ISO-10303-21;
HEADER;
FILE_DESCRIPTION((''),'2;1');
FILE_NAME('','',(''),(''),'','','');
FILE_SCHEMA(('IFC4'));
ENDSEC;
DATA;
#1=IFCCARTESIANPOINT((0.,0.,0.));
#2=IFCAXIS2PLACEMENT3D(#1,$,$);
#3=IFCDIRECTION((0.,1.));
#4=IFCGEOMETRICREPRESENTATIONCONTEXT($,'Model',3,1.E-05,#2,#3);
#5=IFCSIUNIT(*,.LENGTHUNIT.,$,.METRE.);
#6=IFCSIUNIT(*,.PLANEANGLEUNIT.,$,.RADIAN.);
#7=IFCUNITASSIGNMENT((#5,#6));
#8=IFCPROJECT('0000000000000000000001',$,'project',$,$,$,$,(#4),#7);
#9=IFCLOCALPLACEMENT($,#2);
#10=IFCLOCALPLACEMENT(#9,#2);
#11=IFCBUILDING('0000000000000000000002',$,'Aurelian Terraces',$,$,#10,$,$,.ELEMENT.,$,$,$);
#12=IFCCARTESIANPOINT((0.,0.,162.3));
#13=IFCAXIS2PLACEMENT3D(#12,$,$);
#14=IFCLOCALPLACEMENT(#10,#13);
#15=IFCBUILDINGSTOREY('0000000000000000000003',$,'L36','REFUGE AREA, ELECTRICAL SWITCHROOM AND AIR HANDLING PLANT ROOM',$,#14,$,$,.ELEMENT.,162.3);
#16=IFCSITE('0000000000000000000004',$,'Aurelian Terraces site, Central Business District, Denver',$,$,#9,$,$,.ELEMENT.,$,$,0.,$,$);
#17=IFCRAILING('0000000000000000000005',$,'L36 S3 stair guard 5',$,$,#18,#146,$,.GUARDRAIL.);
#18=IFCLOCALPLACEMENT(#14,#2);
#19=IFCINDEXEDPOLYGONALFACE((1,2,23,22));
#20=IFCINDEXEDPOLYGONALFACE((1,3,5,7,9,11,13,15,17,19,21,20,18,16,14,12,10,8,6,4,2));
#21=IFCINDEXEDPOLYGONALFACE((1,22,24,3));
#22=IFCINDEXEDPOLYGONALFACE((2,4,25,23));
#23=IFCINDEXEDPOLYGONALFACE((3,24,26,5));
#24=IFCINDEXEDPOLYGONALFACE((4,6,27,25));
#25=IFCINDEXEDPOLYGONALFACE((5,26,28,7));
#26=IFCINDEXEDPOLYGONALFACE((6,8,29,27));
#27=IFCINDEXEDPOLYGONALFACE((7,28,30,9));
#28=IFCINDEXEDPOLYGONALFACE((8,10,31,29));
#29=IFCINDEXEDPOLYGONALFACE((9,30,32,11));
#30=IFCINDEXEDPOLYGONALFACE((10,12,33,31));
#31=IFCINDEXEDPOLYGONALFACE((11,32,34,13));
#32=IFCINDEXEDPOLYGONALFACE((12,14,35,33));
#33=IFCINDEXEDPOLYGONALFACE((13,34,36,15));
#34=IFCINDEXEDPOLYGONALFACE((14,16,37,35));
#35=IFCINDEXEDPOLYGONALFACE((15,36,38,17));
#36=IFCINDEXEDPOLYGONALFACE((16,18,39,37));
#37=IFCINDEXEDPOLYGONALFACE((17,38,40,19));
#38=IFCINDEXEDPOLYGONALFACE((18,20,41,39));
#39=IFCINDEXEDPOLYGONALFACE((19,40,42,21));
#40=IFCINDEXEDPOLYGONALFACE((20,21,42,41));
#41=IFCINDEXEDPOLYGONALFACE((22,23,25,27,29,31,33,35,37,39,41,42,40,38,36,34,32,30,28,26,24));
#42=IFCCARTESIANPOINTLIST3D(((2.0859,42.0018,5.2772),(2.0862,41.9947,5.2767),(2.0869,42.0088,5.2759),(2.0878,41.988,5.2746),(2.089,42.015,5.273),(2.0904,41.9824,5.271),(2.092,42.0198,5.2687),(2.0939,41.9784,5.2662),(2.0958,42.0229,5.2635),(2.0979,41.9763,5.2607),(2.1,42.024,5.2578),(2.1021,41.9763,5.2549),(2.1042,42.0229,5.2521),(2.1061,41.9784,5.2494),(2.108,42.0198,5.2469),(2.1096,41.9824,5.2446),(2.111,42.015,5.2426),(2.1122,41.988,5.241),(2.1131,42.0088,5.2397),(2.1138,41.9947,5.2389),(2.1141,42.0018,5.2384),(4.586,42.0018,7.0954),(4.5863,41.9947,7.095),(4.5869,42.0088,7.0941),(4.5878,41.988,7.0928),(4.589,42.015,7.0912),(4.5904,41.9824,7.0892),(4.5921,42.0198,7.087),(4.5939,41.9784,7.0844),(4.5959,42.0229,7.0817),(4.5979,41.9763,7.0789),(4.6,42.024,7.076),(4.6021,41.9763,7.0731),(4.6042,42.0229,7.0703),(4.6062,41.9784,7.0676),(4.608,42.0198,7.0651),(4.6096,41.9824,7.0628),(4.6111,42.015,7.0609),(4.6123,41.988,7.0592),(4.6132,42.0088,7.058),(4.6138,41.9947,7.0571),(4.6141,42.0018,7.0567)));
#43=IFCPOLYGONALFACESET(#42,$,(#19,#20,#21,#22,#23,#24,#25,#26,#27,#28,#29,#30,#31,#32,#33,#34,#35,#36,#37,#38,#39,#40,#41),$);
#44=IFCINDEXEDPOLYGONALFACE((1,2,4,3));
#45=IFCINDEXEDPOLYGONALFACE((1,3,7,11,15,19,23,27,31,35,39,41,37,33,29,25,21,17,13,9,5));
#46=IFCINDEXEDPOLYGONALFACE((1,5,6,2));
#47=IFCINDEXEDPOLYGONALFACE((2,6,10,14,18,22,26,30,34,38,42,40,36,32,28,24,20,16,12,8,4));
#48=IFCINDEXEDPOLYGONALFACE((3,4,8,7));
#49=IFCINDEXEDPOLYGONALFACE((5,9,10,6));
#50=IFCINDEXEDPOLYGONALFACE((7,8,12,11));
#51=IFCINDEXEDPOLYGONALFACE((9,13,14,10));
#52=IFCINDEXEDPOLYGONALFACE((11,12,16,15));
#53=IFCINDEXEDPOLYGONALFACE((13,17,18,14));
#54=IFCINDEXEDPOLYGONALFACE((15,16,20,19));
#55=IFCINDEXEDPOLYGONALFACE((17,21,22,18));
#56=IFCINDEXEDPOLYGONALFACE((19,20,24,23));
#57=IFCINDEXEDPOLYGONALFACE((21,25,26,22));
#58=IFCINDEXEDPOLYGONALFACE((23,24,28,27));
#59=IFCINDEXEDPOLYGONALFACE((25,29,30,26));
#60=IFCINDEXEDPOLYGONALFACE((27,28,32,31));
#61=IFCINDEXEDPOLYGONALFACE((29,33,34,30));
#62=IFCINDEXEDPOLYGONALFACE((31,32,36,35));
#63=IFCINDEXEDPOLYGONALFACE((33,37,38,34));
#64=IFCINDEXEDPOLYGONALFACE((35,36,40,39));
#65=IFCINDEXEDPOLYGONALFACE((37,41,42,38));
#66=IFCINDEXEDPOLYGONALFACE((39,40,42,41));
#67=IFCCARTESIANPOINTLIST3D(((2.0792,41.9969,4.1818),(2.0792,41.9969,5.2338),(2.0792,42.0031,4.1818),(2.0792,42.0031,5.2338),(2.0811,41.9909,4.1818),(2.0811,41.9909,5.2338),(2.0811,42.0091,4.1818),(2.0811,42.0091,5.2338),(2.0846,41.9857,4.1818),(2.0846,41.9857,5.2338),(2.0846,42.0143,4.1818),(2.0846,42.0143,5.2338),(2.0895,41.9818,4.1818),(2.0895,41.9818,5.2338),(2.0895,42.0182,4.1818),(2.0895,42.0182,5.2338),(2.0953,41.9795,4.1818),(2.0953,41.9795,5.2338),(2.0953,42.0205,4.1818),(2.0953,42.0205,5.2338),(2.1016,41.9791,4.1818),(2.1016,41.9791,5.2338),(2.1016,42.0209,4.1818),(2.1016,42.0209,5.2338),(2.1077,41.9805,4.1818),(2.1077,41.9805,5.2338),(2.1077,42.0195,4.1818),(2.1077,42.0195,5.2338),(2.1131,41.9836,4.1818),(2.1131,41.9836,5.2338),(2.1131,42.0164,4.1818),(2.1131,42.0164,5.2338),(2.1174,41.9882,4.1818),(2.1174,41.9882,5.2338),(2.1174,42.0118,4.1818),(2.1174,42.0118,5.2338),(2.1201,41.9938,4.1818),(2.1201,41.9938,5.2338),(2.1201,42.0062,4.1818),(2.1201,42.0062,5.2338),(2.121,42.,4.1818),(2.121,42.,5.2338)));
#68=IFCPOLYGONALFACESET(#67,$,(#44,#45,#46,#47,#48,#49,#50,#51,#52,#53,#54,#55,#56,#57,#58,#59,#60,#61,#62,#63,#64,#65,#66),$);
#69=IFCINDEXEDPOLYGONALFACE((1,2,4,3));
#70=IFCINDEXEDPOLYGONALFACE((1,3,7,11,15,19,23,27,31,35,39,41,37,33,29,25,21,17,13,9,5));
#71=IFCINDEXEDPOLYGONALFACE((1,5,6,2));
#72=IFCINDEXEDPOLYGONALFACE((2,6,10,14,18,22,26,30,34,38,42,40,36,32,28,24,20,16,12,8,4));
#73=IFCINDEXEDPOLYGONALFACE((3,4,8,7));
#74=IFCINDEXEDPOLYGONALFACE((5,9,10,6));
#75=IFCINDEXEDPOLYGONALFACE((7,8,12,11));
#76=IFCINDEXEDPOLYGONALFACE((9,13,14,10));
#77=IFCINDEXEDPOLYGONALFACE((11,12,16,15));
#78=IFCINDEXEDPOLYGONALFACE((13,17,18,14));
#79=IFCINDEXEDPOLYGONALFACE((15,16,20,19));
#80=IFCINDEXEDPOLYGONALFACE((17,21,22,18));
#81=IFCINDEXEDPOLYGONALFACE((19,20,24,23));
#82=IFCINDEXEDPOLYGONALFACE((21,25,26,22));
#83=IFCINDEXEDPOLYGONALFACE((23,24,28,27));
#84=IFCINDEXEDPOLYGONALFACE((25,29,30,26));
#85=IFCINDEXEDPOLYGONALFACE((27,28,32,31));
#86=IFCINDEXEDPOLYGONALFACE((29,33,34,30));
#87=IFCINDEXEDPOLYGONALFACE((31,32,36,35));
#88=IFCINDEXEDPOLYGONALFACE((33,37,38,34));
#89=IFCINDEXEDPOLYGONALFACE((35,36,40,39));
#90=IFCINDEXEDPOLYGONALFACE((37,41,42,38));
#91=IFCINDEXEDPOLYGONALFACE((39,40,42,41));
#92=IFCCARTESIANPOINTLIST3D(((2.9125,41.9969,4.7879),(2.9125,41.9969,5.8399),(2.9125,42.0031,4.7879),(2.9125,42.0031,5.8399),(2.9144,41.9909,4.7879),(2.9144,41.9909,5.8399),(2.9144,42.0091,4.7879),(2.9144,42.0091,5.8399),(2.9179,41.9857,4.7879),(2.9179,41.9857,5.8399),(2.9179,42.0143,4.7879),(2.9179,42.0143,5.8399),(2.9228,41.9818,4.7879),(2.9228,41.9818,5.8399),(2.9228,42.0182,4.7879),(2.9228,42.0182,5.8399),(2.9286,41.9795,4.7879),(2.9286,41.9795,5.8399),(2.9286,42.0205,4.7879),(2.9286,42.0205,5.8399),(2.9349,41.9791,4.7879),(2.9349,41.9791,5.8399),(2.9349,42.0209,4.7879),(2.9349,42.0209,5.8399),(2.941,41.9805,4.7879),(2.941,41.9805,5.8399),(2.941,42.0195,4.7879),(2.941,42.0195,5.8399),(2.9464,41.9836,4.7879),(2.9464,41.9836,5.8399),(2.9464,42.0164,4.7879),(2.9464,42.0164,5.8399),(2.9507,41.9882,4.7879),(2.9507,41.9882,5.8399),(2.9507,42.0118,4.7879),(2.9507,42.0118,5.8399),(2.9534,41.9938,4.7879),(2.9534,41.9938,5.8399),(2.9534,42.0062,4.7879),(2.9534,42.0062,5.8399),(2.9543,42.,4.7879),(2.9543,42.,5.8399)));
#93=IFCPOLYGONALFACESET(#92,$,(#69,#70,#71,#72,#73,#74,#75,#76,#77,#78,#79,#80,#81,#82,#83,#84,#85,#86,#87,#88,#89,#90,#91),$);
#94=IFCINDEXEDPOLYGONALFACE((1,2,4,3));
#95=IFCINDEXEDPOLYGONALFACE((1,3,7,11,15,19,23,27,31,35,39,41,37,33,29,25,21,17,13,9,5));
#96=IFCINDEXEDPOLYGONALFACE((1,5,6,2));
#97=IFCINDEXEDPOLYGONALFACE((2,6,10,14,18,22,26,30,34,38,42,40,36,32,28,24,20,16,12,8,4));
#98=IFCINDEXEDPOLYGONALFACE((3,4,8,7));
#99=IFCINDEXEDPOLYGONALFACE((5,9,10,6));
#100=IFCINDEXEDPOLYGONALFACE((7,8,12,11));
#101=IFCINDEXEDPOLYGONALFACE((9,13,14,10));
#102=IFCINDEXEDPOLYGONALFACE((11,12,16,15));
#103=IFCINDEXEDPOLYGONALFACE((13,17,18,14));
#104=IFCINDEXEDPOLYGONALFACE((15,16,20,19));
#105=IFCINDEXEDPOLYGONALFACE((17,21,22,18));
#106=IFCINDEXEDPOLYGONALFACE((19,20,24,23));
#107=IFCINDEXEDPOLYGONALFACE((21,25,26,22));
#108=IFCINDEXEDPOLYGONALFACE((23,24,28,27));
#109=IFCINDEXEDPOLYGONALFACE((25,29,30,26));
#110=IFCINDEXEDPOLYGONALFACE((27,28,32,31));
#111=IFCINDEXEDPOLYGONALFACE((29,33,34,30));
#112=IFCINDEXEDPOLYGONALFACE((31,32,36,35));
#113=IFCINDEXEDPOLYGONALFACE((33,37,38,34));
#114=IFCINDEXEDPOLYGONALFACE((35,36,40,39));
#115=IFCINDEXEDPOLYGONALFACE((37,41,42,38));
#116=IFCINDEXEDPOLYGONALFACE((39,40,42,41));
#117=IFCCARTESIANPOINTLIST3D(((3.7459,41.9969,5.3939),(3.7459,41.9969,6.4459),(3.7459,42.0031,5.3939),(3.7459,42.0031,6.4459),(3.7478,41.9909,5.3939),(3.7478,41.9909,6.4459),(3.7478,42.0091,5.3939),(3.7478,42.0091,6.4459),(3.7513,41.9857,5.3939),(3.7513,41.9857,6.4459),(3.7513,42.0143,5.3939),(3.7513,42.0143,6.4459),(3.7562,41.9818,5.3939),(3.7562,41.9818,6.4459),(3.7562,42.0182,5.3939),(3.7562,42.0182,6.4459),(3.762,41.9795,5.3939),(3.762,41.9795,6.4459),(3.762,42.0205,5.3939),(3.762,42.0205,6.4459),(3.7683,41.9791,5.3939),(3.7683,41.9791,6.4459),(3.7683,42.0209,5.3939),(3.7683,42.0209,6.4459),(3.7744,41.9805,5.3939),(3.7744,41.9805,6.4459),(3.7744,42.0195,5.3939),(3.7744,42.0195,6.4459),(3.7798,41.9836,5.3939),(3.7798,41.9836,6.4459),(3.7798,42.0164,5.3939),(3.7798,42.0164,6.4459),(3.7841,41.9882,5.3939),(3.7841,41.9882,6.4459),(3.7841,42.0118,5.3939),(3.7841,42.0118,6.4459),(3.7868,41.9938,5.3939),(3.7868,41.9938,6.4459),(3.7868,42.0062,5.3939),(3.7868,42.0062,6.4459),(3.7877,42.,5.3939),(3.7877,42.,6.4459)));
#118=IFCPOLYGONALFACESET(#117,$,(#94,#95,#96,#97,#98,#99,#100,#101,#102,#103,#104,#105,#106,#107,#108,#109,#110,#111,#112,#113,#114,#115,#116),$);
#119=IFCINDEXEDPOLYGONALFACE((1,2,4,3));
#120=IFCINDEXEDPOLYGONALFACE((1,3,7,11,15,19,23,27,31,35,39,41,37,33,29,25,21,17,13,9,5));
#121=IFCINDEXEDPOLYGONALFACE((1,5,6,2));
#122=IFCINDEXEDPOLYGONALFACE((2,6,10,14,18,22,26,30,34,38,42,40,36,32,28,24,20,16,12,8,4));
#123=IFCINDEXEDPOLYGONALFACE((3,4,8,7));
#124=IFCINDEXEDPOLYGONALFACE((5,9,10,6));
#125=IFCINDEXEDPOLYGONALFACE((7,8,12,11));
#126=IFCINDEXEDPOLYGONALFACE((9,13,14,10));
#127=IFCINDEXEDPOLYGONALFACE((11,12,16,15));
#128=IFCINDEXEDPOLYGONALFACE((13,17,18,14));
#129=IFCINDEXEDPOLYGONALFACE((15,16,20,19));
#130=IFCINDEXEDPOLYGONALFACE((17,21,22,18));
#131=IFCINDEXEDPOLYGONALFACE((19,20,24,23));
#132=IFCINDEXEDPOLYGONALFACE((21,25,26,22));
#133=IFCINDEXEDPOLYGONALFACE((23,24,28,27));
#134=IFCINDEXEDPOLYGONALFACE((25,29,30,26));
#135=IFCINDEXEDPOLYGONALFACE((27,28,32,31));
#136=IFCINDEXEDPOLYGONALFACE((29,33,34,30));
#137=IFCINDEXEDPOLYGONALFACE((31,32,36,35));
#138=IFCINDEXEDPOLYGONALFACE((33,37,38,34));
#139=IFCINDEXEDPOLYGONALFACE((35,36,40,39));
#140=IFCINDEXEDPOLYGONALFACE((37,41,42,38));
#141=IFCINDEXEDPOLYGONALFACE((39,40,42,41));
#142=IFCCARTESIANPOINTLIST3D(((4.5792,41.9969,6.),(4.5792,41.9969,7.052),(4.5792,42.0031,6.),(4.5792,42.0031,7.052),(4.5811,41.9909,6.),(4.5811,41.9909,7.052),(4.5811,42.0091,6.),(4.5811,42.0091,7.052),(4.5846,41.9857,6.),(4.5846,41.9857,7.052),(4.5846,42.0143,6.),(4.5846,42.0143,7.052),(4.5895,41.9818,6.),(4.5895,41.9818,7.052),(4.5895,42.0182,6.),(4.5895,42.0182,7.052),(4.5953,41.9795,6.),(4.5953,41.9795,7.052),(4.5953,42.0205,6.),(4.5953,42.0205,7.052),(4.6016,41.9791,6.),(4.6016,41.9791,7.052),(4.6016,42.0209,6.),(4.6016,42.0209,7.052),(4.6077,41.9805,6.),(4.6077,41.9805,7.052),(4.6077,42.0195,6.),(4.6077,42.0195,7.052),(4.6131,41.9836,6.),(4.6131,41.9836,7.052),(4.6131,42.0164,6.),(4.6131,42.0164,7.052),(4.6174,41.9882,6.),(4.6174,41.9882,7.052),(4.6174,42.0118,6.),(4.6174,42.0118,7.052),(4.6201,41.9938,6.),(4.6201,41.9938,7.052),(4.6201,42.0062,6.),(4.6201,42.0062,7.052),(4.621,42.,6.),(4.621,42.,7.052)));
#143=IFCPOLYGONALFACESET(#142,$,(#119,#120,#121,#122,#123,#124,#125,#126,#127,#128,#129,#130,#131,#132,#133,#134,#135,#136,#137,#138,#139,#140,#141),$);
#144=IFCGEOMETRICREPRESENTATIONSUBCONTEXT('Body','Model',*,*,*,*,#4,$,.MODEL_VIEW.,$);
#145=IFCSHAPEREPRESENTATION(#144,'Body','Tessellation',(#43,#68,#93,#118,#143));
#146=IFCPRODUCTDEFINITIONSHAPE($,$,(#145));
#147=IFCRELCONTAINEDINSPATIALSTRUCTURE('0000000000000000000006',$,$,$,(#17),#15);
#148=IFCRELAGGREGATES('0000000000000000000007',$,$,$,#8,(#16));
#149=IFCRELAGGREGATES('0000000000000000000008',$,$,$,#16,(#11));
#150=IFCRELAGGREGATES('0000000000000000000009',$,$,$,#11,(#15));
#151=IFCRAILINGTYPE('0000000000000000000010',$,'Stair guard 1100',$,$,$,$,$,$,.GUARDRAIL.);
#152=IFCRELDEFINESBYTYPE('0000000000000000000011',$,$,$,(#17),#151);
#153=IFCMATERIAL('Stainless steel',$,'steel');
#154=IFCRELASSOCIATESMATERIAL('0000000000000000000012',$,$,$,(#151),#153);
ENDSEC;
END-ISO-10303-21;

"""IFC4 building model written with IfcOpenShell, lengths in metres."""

from ifc_helpers import new_model, si_unit, direction, frame, origin, origin_2d, place, context, subcontext, project, spatial, circle, extrude, source, transform, mapped, material, type_object, element, save


model = new_model("IFC4")

# Units and contexts
model_context = context("Model", 3, precision=1e-05, world=origin(), true_north=direction((0.0, 1.0)))
body_context = subcontext(model_context, "Body", "Model", "MODEL_VIEW")
ifc_project = project(units=[si_unit("LENGTHUNIT", "METRE"), si_unit("PLANEANGLEUNIT", "RADIAN")], contexts=[model_context])

# Site, building, storey
site_placement = place(None, origin())
site = spatial("IfcSite", under=ifc_project, at=site_placement, Name="Aurelian Terraces site, Central Business District, Denver", CompositionType="ELEMENT", RefElevation=0.0)
building_placement = place(site_placement, origin())
building = spatial("IfcBuilding", under=site, at=building_placement, Name="Aurelian Terraces", CompositionType="ELEMENT")
storey_placement = place(building_placement, frame((0.0, 0.0, 162.3)))
storey = spatial("IfcBuildingStorey", under=building, at=storey_placement, Name="L36", Description="REFUGE AREA, ELECTRICAL SWITCHROOM AND AIR HANDLING PLANT ROOM", CompositionType="ELEMENT", Elevation=162.3)

# Railing
ifc_material_1 = material(Name="Stainless steel", Category="steel")
railing_type_1 = type_object("IfcRailingType", Name="Stair guard 1100", PredefinedType="GUARDRAIL", material=ifc_material_1)
shared_shape_1 = source(origin(), body_context, "Body", "SweptSolid", [
    extrude(circle(Radius=0.024, at=origin_2d()), frame((0.0, 0.0, 1.076), z_axis=(0.808733, 0.0, 0.588176), x_axis=(0.0, 1.0, 0.0)), (0.0, 0.0, 1.0), 3.0913),
    extrude(circle(Radius=0.021, at=origin_2d()), origin(), (0.0, 0.0, 1.0), 1.052),
    extrude(circle(Radius=0.021, at=origin_2d()), frame((0.8333, 0.0, 0.6061)), (0.0, 0.0, 1.0), 1.052),
    extrude(circle(Radius=0.021, at=origin_2d()), frame((1.6667, 0.0, 1.2121)), (0.0, 0.0, 1.0), 1.052),
    extrude(circle(Radius=0.021, at=origin_2d()), frame((2.5, 0.0, 1.8182)), (0.0, 0.0, 1.0), 1.052),
])
railing_1_placement = place(storey_placement, frame((2.1, 42.0, 4.1818)))
element("IfcRailing", 1, at=railing_1_placement, inside=storey, type_object=railing_type_1, Name="L36 S3 stair guard 5", PredefinedType="GUARDRAIL", context=body_context, shape_type="MappedRepresentation", body=[
    mapped(shared_shape_1, transform((0.0, 0.0, 0.0), scale=1.0)),
])

save(model, "model.ifc")
